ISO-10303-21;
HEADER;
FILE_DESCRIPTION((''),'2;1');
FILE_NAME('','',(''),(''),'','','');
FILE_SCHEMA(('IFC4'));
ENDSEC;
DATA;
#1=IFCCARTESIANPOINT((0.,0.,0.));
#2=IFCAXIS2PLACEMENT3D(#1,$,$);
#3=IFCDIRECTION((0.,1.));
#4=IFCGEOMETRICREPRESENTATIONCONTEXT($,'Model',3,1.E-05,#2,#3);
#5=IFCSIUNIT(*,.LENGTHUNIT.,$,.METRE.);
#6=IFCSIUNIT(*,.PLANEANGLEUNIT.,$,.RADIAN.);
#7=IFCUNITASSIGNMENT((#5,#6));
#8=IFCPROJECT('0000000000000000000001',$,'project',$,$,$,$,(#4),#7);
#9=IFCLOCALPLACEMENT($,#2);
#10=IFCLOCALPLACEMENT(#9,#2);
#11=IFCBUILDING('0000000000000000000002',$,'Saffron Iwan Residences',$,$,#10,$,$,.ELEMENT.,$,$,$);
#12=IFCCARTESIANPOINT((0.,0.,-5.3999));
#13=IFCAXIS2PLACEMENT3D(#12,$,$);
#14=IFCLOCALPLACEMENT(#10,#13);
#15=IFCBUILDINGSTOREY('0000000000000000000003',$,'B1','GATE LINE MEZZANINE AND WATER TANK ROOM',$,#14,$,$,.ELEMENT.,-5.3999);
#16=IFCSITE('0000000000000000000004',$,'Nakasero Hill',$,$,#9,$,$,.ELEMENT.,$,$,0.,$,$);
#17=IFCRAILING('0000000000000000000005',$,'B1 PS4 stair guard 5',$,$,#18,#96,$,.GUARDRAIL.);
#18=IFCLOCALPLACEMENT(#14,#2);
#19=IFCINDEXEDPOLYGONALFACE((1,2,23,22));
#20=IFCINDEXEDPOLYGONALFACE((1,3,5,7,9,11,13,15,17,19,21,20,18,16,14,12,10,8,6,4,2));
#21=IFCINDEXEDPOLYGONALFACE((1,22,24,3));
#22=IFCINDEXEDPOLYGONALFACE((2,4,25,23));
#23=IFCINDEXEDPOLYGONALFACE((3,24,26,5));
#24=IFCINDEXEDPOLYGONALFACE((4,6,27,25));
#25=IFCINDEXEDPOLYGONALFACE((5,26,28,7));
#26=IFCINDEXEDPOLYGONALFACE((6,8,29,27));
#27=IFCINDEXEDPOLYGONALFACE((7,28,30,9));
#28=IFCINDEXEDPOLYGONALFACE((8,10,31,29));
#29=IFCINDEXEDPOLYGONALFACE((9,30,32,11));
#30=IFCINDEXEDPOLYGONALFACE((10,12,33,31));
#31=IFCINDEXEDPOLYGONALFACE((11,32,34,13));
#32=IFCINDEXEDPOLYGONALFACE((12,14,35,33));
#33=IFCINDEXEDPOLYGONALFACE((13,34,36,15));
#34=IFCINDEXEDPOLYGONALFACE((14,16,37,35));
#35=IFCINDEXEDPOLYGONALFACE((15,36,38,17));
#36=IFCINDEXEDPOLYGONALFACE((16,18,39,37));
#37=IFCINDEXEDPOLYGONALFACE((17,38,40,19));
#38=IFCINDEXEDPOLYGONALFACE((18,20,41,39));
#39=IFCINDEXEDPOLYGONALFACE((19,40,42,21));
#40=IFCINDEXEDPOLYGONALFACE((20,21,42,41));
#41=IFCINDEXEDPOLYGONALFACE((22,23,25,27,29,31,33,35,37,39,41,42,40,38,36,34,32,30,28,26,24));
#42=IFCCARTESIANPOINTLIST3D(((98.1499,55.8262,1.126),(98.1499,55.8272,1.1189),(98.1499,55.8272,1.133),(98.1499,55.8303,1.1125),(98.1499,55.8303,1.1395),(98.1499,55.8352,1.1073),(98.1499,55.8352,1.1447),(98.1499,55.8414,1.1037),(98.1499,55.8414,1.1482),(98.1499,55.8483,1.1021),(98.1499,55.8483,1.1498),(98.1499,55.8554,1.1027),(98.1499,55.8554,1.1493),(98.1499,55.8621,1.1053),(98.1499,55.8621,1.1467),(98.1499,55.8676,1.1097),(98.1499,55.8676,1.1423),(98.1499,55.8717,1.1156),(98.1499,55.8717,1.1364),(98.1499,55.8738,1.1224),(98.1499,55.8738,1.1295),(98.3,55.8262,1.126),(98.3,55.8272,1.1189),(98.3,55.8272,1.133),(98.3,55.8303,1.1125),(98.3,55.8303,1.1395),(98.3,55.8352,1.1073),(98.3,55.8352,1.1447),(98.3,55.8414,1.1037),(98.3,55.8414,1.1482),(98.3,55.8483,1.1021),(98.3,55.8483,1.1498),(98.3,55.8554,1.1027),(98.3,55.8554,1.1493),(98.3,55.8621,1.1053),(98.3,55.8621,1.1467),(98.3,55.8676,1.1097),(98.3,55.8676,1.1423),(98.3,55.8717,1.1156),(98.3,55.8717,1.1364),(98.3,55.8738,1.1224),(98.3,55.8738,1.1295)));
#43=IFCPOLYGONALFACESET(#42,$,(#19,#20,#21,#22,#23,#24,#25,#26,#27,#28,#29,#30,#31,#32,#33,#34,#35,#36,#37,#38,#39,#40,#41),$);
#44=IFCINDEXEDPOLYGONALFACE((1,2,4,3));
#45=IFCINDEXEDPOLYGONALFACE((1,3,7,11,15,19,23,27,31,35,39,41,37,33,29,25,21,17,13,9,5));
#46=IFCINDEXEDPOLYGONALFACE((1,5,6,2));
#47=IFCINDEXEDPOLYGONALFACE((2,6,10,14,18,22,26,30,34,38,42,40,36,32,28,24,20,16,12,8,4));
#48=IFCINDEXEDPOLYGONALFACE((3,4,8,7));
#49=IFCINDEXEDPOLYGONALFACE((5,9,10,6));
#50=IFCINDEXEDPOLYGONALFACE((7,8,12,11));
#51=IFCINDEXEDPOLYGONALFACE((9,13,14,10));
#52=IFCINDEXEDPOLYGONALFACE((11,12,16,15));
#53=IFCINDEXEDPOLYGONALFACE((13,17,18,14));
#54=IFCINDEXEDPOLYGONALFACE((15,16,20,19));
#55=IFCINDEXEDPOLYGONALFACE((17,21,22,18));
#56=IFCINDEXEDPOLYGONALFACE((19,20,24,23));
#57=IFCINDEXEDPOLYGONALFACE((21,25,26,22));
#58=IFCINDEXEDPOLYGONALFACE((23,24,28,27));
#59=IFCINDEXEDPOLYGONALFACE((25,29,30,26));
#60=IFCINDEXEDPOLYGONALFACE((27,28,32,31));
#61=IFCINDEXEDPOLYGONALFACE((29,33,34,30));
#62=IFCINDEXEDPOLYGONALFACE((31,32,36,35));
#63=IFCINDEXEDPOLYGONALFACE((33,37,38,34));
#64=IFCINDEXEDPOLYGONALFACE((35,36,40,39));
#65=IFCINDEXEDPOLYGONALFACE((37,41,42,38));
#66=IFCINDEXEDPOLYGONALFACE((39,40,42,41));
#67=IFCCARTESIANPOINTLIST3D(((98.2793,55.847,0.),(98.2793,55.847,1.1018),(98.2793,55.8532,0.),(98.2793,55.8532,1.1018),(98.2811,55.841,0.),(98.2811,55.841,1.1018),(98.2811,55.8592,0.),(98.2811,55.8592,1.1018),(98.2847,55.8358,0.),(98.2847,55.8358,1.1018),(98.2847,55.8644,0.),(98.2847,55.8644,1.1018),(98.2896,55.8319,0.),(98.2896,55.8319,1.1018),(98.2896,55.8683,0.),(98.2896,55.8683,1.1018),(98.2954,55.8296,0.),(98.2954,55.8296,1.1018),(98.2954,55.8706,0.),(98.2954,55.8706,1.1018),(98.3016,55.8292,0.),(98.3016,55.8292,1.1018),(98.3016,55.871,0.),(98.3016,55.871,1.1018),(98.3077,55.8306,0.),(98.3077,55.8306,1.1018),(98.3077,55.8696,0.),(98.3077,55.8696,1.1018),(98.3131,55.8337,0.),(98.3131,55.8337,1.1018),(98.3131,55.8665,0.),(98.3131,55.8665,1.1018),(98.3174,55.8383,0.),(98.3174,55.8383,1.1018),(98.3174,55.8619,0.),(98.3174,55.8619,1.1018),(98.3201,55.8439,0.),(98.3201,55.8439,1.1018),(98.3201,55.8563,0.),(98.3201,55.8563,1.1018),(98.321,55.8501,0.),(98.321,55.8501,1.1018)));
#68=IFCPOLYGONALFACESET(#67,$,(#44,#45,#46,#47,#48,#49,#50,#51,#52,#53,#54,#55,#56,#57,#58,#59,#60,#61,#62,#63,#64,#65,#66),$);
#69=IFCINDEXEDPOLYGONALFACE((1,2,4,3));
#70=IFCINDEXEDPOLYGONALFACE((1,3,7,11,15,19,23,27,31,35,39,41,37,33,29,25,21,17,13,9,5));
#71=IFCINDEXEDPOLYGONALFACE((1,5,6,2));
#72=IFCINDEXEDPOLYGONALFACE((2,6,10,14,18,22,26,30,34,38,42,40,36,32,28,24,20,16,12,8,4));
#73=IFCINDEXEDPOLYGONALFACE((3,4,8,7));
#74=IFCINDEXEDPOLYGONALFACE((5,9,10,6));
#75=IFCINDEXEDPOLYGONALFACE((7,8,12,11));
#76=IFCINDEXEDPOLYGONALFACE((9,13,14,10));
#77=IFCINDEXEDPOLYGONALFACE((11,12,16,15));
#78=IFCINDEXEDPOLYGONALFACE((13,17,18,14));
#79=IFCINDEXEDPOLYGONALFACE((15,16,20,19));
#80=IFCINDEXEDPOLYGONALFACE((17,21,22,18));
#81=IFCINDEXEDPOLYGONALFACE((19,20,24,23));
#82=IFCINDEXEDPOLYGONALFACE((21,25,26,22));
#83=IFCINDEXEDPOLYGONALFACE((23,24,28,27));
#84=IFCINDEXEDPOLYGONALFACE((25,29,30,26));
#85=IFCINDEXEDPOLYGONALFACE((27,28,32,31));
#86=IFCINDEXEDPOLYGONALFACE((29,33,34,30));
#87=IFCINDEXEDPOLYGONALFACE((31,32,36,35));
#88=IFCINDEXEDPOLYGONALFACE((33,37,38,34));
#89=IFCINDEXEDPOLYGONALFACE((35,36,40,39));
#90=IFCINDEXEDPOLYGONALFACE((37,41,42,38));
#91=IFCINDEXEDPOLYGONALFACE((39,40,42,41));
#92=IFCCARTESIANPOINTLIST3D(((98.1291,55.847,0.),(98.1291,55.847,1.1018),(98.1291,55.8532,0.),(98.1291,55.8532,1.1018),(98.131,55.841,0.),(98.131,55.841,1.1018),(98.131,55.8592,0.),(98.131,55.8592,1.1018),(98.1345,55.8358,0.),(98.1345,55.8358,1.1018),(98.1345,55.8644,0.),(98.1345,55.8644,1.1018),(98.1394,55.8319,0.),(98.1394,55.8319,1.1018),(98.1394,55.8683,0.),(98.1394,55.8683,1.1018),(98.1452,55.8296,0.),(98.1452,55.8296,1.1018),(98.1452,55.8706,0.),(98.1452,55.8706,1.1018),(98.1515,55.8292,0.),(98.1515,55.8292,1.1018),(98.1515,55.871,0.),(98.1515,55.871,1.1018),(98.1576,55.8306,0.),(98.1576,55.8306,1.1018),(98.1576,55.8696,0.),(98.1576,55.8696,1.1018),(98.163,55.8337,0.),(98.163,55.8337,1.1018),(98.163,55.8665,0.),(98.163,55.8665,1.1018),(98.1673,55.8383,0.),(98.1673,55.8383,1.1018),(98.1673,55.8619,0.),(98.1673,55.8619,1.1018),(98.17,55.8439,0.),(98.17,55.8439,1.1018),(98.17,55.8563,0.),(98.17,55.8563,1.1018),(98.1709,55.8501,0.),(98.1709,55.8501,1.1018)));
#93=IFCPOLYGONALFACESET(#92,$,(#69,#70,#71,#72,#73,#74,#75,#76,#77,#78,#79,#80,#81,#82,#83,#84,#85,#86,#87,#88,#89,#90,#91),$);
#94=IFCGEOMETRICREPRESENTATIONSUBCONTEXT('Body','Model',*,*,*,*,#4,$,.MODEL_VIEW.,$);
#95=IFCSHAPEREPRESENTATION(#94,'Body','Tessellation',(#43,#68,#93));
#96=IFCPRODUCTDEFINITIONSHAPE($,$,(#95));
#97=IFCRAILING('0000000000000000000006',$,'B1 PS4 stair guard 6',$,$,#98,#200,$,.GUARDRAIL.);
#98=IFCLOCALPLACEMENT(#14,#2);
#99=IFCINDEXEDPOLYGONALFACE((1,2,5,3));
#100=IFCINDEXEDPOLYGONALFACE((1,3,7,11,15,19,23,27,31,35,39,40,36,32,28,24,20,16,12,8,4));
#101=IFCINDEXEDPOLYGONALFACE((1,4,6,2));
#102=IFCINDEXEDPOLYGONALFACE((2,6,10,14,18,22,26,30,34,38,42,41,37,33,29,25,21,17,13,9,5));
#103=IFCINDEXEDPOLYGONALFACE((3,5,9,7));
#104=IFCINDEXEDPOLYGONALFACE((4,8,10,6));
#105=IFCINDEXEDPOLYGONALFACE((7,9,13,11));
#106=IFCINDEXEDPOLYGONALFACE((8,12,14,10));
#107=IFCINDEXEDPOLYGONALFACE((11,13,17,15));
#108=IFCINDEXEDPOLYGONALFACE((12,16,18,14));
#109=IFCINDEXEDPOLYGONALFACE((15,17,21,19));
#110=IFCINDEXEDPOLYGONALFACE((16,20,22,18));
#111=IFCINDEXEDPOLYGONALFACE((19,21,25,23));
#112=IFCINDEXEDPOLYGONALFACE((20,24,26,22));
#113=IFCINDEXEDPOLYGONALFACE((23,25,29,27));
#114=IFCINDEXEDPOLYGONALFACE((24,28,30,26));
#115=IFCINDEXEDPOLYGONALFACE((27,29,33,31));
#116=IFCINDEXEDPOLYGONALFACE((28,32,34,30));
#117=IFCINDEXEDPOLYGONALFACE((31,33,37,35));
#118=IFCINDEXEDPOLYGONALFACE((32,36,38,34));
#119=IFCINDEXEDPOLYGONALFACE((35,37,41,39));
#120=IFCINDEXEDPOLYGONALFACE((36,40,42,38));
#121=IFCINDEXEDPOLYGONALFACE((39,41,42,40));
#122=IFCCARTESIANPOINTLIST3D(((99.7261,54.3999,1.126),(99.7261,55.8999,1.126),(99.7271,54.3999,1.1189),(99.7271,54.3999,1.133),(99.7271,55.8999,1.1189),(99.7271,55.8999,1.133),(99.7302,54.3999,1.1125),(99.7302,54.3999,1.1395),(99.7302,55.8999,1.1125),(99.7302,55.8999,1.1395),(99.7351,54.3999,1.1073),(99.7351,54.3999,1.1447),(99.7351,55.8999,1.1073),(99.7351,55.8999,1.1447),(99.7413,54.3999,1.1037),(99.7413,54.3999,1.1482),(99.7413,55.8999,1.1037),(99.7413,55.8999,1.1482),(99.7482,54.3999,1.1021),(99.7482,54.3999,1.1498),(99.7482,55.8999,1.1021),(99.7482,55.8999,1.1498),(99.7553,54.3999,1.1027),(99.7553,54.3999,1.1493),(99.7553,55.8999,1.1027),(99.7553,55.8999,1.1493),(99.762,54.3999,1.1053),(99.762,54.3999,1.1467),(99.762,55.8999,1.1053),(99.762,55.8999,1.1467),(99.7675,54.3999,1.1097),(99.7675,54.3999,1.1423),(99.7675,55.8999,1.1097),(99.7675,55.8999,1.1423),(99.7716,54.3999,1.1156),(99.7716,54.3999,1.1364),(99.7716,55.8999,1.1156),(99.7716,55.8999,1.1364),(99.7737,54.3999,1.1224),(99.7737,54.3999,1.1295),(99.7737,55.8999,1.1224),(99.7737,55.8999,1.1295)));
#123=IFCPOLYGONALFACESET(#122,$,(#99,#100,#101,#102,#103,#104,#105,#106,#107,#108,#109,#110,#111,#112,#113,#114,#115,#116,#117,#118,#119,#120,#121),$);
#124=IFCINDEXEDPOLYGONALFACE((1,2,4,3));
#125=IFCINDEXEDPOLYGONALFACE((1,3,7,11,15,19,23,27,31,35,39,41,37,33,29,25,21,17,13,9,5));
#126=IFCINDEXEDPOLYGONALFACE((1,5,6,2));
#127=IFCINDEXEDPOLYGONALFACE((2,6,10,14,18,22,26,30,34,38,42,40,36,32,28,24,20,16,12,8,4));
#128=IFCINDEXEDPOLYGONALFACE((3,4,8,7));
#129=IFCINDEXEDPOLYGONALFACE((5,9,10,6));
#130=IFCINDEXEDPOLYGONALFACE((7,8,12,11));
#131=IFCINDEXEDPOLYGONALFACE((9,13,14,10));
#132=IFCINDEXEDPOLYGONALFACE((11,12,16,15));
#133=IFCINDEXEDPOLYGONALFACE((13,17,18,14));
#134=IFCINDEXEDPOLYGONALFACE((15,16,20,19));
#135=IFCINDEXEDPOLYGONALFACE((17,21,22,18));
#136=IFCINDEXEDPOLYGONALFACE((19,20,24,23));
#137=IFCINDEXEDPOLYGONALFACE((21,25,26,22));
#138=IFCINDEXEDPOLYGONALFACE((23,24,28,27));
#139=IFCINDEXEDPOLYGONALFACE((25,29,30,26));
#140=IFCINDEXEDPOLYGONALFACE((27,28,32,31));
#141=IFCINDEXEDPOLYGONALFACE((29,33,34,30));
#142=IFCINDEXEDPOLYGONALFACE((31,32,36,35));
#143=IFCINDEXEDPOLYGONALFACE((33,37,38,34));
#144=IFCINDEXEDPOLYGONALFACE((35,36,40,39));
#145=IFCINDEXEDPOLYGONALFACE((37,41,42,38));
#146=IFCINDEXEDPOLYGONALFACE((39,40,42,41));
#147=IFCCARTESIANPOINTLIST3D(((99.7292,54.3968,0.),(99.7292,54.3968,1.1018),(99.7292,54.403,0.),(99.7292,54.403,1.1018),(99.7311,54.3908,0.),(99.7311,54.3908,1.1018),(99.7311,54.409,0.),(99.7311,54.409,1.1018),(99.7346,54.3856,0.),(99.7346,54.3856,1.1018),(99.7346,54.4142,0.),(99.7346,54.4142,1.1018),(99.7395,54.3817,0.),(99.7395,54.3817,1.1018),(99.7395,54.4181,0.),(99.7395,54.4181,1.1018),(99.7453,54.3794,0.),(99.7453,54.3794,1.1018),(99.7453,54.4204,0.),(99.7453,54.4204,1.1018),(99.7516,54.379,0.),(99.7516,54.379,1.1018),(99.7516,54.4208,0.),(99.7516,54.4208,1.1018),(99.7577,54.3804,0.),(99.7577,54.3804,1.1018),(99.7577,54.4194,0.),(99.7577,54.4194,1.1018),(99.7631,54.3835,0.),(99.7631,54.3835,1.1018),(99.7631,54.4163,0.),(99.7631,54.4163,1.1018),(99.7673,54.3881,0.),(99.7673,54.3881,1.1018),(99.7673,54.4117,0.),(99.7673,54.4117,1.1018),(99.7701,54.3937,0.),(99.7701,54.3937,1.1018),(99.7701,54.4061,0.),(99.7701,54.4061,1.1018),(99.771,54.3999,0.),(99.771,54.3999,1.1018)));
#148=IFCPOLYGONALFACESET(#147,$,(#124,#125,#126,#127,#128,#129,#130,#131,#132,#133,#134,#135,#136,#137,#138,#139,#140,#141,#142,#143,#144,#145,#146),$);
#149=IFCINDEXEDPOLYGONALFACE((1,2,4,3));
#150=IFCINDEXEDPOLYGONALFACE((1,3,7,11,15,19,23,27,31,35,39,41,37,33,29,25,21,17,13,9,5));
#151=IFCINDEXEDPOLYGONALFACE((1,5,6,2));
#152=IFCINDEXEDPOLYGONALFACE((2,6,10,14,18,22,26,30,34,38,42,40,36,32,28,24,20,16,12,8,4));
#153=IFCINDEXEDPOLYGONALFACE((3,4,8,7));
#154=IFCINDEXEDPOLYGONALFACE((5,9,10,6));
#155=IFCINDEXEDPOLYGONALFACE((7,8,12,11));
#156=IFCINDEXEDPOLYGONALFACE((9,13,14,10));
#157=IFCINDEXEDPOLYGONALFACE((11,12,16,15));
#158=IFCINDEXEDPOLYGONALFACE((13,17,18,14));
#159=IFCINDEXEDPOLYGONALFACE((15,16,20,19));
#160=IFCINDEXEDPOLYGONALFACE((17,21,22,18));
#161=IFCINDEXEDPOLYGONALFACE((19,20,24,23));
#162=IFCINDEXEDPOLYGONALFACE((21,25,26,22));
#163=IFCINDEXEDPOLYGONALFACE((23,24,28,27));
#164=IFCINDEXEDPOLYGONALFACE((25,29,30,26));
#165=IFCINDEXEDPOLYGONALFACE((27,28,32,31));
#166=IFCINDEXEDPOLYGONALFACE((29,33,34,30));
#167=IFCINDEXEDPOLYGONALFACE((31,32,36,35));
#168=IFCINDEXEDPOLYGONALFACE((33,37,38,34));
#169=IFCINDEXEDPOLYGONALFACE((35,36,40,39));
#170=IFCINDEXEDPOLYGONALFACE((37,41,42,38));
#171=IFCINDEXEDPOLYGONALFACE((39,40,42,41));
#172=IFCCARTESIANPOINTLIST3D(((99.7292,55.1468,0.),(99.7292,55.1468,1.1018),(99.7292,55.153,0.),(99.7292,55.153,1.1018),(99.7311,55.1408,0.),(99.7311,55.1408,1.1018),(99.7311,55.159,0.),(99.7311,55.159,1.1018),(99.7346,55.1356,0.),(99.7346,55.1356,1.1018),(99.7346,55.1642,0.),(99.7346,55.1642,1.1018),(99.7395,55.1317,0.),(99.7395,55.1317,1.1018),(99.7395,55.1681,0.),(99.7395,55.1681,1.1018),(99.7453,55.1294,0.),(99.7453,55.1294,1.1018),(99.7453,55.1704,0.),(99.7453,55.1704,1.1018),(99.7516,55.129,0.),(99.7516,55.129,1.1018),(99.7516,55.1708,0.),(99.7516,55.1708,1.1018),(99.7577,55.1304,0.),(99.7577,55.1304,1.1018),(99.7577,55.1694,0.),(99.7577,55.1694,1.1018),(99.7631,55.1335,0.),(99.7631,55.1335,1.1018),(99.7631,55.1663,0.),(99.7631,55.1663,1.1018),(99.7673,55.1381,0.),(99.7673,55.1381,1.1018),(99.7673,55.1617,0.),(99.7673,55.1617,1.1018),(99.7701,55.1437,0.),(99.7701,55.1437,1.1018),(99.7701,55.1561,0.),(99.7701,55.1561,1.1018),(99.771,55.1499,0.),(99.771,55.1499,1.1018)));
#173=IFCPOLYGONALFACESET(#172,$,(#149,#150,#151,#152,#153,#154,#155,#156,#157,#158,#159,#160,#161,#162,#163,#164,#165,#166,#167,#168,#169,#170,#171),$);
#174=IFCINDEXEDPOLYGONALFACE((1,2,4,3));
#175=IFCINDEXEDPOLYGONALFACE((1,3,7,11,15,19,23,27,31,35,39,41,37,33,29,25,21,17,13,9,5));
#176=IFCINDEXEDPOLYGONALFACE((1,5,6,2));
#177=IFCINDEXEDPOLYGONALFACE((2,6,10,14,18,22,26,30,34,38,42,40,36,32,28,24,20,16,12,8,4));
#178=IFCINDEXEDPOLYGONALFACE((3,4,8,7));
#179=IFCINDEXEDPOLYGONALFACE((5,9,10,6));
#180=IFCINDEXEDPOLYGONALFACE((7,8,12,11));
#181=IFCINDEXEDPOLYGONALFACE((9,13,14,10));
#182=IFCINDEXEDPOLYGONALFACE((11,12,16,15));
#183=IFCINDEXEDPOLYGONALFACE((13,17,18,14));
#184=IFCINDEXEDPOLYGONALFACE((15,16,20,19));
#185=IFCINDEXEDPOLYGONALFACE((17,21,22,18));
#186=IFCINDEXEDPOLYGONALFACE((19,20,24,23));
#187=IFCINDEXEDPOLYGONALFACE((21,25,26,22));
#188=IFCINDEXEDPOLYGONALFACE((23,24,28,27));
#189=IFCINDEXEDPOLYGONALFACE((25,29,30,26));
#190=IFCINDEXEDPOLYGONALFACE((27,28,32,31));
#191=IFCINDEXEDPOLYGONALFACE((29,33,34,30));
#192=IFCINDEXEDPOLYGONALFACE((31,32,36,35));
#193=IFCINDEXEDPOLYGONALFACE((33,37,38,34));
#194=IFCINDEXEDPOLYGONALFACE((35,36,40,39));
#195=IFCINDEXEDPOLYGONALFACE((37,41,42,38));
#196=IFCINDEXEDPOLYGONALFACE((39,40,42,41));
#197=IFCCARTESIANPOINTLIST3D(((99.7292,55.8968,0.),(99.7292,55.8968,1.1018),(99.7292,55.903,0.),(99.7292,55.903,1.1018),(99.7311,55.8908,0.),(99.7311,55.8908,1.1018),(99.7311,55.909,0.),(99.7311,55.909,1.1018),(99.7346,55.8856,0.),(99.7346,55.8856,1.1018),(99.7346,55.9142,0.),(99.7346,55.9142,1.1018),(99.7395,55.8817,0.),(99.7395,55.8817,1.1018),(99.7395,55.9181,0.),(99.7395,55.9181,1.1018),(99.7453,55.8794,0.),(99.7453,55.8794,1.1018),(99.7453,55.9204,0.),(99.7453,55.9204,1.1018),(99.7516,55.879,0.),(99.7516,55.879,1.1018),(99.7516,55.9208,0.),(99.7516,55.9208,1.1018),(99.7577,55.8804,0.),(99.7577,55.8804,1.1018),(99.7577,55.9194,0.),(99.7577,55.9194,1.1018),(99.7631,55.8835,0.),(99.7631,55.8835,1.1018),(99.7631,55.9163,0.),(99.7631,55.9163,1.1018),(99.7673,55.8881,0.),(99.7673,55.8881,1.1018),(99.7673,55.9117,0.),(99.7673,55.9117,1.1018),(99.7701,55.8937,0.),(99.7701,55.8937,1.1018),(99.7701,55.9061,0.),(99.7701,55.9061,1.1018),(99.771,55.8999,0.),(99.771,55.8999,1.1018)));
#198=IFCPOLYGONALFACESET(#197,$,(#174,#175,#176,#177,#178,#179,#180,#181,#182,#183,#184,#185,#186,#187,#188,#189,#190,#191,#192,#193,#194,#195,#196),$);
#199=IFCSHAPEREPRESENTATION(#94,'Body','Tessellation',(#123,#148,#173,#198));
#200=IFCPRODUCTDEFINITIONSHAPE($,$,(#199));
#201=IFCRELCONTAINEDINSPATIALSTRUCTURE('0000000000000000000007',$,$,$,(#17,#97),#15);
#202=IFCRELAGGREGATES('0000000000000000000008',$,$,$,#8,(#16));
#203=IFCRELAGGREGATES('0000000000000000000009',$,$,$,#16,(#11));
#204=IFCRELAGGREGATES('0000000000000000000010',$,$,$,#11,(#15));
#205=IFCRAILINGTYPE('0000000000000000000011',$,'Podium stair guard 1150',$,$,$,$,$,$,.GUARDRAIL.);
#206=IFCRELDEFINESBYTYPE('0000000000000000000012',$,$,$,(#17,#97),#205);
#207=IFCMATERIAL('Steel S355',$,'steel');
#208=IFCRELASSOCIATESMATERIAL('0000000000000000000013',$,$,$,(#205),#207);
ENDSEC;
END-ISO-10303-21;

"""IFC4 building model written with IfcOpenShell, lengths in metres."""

from ifc_helpers import new_model, si_unit, direction, frame, origin, origin_2d, place, context, subcontext, project, spatial, circle, extrude, material, type_object, element, save


model = new_model("IFC4")

# Units and contexts
model_context = context("Model", 3, precision=1e-05, world=origin(), true_north=direction((0.0, 1.0)))
body_context = subcontext(model_context, "Body", "Model", "MODEL_VIEW")
ifc_project = project(units=[si_unit("LENGTHUNIT", "METRE"), si_unit("PLANEANGLEUNIT", "RADIAN")], contexts=[model_context])

# Site, building, storey
site_placement = place(None, origin())
site = spatial("IfcSite", under=ifc_project, at=site_placement, Name="Nakasero Hill", CompositionType="ELEMENT", RefElevation=0.0)
building_placement = place(site_placement, origin())
building = spatial("IfcBuilding", under=site, at=building_placement, Name="Saffron Iwan Residences", CompositionType="ELEMENT")
storey_placement = place(building_placement, frame((0.0, 0.0, -5.3999)))
storey = spatial("IfcBuildingStorey", under=building, at=storey_placement, Name="B1", Description="GATE LINE MEZZANINE AND WATER TANK ROOM", CompositionType="ELEMENT", Elevation=-5.3999)

# Railings
ifc_material_1 = material(Name="Steel S355", Category="steel")
railing_type_1 = type_object("IfcRailingType", Name="Podium stair guard 1150", PredefinedType="GUARDRAIL", material=ifc_material_1)
railing_1_placement = place(storey_placement, frame((98.3, 55.8501, 0.0)))
element("IfcRailing", 1, at=railing_1_placement, inside=storey, type_object=railing_type_1, Name="B1 PS4 stair guard 5", PredefinedType="GUARDRAIL", context=body_context, shape_type="SweptSolid", body=[
    extrude(circle(Radius=0.0239, at=origin_2d()), frame((0.0, 0.0, 1.126), z_axis=(-1.0, 0.0, 0.0), x_axis=(0.0, -1.0, 0.0)), (0.0, 0.0, 1.0), 0.1501),
    extrude(circle(Radius=0.021, at=origin_2d()), origin(), (0.0, 0.0, 1.0), 1.1018),
    extrude(circle(Radius=0.021, at=origin_2d()), frame((-0.1501, 0.0, 0.0)), (0.0, 0.0, 1.0), 1.1018),
])
railing_2_placement = place(storey_placement, frame((99.75, 54.3999, 0.0)))
element("IfcRailing", 2, at=railing_2_placement, inside=storey, type_object=railing_type_1, Name="B1 PS4 stair guard 6", PredefinedType="GUARDRAIL", context=body_context, shape_type="SweptSolid", body=[
    extrude(circle(Radius=0.0239, at=origin_2d()), frame((0.0, 0.0, 1.126), z_axis=(0.0, 1.0, 0.0), x_axis=(-1.0, 0.0, 0.0)), (0.0, 0.0, 1.0), 1.5),
    extrude(circle(Radius=0.021, at=origin_2d()), origin(), (0.0, 0.0, 1.0), 1.1018),
    extrude(circle(Radius=0.021, at=origin_2d()), frame((0.0, 0.75, 0.0)), (0.0, 0.0, 1.0), 1.1018),
    extrude(circle(Radius=0.021, at=origin_2d()), frame((0.0, 1.5, 0.0)), (0.0, 0.0, 1.0), 1.1018),
])

save(model, "model.ifc")
